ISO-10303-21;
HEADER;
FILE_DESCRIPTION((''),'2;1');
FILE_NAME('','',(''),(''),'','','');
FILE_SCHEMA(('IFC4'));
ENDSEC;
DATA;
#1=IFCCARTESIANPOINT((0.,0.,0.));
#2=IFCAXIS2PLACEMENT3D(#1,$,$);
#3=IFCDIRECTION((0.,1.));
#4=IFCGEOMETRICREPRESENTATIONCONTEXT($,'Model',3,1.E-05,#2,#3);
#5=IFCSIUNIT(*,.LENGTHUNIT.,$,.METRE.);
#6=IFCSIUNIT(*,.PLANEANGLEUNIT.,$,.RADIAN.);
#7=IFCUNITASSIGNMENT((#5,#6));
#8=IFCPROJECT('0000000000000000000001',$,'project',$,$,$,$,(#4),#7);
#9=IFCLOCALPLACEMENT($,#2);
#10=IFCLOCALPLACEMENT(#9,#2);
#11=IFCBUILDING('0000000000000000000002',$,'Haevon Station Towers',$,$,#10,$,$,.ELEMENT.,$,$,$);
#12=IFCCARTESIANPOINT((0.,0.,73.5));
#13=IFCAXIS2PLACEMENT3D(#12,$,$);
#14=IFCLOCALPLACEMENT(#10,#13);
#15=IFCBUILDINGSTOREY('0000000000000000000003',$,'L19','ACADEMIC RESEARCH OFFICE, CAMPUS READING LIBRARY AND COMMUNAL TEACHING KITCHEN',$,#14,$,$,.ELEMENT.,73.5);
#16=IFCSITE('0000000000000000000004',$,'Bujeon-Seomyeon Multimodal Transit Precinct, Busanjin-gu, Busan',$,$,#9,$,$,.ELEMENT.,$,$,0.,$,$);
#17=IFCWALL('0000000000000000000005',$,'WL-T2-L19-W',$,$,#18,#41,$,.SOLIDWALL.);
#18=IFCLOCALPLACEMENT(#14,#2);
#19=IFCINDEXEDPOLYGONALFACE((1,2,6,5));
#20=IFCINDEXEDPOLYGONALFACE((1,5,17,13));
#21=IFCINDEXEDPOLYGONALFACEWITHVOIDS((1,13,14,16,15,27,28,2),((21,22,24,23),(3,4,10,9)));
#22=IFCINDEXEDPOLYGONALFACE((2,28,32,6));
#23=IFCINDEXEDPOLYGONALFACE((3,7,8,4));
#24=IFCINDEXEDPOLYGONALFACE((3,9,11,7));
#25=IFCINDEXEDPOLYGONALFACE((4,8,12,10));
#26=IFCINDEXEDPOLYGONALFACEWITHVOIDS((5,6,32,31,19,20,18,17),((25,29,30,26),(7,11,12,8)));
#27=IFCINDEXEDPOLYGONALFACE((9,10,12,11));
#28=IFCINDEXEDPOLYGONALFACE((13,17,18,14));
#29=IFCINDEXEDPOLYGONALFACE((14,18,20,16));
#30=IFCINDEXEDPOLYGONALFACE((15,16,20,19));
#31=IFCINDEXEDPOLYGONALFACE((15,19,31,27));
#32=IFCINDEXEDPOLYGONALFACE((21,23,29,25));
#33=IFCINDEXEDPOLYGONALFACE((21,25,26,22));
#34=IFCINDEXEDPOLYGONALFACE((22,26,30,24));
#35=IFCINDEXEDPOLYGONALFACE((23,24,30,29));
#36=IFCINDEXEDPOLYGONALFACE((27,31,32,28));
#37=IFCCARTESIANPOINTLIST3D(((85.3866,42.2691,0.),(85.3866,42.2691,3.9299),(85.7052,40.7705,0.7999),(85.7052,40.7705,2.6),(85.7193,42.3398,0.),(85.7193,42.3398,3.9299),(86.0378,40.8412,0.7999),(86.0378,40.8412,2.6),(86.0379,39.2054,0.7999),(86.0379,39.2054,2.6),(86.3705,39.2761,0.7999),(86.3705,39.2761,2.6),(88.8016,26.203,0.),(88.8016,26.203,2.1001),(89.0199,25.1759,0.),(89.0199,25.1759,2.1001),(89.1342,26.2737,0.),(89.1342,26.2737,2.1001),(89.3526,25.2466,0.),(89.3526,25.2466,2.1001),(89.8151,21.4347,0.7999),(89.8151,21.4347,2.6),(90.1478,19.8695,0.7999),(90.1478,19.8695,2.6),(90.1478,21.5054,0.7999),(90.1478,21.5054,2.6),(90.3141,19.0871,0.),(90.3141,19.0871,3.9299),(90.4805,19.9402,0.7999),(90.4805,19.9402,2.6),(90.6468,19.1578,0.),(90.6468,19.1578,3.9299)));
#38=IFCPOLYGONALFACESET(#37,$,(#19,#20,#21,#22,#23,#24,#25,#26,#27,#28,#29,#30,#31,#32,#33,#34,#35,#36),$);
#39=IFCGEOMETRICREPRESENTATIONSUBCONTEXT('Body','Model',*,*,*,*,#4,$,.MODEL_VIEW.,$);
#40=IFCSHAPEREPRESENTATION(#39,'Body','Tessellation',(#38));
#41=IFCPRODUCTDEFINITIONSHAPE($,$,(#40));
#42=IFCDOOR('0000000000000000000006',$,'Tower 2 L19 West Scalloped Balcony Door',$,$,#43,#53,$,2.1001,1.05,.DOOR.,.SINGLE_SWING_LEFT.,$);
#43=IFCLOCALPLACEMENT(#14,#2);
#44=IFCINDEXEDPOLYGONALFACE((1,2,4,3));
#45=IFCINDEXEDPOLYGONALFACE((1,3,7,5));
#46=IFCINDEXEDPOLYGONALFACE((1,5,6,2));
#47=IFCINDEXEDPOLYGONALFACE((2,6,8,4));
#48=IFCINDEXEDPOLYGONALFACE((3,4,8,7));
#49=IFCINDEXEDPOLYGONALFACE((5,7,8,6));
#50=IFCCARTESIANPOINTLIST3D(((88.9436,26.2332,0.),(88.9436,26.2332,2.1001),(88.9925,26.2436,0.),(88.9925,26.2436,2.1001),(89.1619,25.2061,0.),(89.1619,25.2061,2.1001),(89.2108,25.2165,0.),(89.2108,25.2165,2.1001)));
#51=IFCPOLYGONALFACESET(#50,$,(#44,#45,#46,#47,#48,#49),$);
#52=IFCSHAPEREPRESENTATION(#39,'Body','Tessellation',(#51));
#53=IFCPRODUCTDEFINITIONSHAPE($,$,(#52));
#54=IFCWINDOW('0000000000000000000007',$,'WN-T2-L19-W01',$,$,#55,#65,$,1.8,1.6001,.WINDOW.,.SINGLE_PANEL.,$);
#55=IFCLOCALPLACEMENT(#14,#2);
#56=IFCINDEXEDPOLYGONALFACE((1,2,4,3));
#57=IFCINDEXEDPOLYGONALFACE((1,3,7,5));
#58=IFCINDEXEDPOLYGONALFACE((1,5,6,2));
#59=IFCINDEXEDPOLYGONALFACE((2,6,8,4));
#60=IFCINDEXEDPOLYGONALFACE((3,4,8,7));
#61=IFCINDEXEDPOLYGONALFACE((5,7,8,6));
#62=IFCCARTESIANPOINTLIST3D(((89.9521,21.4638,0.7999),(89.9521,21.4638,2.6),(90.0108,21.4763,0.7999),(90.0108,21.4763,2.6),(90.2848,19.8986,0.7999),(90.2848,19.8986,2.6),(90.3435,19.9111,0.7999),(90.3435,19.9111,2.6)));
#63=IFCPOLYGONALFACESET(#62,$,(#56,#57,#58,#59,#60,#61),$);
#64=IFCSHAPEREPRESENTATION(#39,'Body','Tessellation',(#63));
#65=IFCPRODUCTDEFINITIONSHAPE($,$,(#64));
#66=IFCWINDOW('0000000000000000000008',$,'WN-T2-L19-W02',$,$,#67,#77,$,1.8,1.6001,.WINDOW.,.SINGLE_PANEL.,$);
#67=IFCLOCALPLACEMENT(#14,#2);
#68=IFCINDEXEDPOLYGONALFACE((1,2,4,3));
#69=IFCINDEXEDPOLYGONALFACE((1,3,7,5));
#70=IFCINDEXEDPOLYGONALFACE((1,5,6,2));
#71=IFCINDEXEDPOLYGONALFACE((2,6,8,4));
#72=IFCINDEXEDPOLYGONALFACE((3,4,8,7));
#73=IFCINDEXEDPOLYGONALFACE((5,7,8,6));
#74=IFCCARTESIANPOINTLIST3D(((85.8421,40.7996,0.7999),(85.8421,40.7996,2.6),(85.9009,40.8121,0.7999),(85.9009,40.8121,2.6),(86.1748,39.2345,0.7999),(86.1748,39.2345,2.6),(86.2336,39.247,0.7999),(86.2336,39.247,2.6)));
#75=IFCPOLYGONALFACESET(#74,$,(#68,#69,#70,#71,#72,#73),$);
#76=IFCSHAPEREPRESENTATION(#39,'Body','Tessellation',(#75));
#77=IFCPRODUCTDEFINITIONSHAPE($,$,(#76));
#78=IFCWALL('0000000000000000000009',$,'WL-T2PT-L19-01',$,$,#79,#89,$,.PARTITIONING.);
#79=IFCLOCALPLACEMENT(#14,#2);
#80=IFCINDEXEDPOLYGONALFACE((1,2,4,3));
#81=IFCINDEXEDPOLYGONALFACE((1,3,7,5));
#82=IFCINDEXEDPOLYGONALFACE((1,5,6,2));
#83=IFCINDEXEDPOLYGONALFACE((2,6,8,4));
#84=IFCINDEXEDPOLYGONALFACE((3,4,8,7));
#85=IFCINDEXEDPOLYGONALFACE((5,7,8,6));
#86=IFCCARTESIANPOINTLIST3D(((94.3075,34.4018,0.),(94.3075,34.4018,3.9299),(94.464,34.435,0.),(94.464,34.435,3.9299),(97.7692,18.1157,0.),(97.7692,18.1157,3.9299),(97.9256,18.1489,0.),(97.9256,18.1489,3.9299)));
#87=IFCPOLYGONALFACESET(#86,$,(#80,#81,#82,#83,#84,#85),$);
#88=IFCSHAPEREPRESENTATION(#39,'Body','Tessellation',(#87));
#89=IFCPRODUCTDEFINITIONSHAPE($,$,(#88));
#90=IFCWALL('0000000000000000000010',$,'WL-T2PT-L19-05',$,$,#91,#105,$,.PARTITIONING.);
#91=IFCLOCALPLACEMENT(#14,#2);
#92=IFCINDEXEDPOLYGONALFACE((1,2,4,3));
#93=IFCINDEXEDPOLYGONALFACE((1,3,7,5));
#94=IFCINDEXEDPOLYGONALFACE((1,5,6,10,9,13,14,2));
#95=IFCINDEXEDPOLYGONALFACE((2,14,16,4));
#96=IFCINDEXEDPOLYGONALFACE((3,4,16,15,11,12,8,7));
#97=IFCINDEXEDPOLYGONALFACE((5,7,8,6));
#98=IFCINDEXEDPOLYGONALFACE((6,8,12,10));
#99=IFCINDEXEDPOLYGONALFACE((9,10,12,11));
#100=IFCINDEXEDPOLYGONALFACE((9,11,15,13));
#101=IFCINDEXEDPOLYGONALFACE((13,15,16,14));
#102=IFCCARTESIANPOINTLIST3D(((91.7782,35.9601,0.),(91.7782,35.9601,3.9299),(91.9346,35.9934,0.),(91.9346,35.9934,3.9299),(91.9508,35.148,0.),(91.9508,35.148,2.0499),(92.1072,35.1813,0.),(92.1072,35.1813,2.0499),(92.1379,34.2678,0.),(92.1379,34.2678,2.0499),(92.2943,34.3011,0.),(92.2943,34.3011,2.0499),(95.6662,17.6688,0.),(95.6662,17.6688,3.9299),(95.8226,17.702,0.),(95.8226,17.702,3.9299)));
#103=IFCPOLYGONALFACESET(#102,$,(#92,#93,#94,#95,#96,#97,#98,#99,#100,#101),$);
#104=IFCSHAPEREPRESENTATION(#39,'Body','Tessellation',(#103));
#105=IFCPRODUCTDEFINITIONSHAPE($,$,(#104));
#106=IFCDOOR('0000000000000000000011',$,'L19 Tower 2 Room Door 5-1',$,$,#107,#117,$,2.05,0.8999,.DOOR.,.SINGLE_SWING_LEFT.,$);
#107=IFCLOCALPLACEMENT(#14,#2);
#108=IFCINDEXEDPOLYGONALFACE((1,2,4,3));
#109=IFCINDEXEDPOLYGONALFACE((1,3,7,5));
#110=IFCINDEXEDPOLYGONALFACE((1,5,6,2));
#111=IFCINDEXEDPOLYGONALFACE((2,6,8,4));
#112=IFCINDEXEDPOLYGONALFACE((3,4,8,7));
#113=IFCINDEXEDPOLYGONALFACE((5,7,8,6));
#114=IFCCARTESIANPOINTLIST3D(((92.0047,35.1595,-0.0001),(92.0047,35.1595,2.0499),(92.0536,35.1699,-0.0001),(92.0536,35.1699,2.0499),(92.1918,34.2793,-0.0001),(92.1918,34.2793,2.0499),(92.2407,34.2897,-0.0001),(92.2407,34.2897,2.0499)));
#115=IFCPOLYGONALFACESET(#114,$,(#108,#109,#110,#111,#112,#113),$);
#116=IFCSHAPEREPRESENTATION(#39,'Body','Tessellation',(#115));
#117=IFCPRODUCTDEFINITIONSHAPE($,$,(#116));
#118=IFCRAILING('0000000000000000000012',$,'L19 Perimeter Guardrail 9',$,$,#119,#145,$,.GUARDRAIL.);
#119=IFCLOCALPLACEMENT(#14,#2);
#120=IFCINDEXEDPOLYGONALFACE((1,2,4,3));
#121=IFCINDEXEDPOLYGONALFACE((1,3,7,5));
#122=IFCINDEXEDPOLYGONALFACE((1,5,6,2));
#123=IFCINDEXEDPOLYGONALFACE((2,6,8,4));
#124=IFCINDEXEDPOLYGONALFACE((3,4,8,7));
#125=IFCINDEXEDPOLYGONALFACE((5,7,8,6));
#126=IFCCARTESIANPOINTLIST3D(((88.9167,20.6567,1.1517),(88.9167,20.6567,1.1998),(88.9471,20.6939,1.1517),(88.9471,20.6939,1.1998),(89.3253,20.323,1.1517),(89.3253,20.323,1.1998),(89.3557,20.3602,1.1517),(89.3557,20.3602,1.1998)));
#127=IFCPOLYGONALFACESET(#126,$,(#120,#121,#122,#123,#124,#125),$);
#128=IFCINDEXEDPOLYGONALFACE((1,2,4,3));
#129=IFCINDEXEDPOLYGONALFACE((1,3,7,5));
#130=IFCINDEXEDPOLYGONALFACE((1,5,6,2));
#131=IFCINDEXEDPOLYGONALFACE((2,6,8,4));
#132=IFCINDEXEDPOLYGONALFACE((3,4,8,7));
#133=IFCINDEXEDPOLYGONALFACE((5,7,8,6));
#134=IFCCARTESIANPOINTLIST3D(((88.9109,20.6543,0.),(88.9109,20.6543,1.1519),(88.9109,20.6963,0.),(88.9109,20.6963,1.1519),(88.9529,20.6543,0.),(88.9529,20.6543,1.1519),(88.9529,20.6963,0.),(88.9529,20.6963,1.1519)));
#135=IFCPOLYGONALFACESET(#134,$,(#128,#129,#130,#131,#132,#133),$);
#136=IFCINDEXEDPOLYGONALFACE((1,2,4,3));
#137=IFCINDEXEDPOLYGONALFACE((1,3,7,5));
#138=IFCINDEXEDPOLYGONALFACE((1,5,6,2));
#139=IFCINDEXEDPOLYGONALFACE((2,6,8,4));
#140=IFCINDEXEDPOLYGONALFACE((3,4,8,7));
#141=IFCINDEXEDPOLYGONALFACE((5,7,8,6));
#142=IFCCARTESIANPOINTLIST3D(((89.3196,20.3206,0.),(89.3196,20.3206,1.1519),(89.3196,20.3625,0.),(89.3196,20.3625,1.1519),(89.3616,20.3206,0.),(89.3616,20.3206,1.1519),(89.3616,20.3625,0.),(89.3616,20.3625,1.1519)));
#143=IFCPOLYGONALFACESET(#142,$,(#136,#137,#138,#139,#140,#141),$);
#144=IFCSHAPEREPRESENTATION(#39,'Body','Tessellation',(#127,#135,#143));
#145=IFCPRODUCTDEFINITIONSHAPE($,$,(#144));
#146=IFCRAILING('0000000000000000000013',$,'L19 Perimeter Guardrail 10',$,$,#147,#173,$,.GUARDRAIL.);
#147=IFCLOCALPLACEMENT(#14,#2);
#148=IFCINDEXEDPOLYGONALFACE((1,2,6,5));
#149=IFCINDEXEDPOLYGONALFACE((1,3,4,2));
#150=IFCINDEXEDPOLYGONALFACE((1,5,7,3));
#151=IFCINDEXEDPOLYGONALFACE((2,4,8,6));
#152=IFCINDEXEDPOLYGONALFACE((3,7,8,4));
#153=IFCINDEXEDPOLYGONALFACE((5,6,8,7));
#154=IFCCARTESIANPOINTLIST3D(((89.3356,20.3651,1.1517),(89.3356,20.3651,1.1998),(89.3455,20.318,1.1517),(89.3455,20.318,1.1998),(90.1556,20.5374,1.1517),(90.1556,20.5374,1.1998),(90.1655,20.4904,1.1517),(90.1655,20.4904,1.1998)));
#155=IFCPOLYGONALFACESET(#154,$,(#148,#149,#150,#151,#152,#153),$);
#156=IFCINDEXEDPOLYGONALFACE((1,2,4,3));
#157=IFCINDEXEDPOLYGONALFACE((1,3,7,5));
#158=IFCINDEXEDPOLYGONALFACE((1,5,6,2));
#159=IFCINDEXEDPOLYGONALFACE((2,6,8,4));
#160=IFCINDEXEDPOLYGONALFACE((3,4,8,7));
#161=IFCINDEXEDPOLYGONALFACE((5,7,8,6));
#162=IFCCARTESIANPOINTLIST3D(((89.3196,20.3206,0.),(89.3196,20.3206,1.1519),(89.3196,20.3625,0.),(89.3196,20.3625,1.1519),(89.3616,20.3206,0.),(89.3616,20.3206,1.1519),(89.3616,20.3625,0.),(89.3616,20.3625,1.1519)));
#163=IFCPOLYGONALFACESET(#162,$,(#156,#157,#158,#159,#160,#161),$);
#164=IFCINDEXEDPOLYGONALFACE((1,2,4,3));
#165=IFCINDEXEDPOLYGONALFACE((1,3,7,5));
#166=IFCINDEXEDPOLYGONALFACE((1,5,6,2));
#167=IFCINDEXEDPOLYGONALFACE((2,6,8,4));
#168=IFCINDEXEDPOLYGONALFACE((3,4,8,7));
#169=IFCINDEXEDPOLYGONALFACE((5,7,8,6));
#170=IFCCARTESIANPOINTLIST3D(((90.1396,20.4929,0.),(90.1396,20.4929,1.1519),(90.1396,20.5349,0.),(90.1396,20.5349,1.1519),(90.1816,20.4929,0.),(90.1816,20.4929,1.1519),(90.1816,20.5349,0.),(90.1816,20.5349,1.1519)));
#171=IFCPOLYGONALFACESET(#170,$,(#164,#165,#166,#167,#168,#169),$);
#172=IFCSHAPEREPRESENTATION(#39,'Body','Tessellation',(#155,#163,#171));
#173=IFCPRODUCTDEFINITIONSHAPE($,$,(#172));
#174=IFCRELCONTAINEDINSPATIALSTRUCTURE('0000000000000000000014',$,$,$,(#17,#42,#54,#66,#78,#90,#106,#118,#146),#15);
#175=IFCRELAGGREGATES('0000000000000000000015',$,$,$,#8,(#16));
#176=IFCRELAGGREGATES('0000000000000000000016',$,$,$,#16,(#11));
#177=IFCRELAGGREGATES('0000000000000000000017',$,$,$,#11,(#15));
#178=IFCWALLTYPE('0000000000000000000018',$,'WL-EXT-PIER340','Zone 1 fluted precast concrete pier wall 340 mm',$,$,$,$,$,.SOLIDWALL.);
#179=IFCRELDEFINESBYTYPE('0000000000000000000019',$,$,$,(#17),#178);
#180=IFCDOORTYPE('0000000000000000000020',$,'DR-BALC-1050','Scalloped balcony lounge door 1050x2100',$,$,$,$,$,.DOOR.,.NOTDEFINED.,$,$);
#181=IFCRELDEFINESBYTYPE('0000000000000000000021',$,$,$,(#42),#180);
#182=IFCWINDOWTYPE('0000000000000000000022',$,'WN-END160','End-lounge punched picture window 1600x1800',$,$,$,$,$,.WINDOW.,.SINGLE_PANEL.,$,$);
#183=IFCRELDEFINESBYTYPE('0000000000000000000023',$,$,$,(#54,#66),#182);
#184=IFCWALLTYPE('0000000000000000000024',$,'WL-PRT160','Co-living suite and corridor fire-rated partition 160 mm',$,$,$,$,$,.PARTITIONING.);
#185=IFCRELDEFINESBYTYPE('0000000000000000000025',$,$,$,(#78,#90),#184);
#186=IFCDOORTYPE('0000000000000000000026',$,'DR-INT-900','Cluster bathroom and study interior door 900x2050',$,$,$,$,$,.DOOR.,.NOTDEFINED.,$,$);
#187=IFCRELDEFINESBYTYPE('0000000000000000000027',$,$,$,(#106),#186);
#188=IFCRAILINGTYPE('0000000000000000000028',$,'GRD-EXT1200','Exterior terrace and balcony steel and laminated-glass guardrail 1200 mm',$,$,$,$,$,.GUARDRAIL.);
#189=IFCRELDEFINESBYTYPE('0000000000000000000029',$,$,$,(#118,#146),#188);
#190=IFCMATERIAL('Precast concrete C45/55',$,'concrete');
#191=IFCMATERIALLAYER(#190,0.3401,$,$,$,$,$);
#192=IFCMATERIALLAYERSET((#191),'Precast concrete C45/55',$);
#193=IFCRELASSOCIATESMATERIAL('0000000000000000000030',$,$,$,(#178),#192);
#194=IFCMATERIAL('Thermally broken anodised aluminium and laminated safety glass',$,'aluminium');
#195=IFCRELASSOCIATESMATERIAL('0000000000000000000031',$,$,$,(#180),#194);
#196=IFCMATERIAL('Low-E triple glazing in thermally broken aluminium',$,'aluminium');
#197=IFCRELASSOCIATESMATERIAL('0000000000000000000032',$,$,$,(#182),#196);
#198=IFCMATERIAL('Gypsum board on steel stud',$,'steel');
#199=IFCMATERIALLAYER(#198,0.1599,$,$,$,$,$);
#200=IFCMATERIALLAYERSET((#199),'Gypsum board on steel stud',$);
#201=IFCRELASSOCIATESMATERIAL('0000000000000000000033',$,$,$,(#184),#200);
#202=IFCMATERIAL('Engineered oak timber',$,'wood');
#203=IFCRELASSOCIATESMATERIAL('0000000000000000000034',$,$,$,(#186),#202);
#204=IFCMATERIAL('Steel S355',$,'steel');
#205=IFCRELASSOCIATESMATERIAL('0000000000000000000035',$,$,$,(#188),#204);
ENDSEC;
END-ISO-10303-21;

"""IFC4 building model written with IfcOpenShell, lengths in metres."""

from ifc_helpers import new_model, si_unit, direction, frame, frame_2d, origin, origin_2d, place, context, subcontext, project, spatial, rectangle, extrude, material, layer, layer_set, type_object, element, fill, save


model = new_model("IFC4")

# Units and contexts
model_context = context("Model", 3, precision=1e-05, world=origin(), true_north=direction((0.0, 1.0)))
body_context = subcontext(model_context, "Body", "Model", "MODEL_VIEW")
ifc_project = project(units=[si_unit("LENGTHUNIT", "METRE"), si_unit("PLANEANGLEUNIT", "RADIAN")], contexts=[model_context])

# Site, building, storey
site_placement = place(None, origin())
site = spatial("IfcSite", under=ifc_project, at=site_placement, Name="Bujeon-Seomyeon Multimodal Transit Precinct, Busanjin-gu, Busan", CompositionType="ELEMENT", RefElevation=0.0)
building_placement = place(site_placement, origin())
building = spatial("IfcBuilding", under=site, at=building_placement, Name="Haevon Station Towers", CompositionType="ELEMENT")
storey_placement = place(building_placement, frame((0.0, 0.0, 73.5)))
storey = spatial("IfcBuildingStorey", under=building, at=storey_placement, Name="L19", Description="ACADEMIC RESEARCH OFFICE, CAMPUS READING LIBRARY AND COMMUNAL TEACHING KITCHEN", CompositionType="ELEMENT", Elevation=73.5)

# Shared definitions
ifc_material_1 = material(Name="Steel S355", Category="steel")

# Shared definitions
ifc_material_2 = material(Name="Precast concrete C45/55", Category="concrete")
ifc_layer_1 = layer(ifc_material_2, 0.3401)
ifc_layer_set_1 = layer_set([ifc_layer_1], Name="Precast concrete C45/55")
wall_type_1 = type_object("IfcWallType", Name="WL-EXT-PIER340", Description="Zone 1 fluted precast concrete pier wall 340 mm", PredefinedType="SOLIDWALL", material=ifc_layer_set_1)

# Wall, openings, door, windows
wall_1_placement = place(storey_placement, frame((90.4805, 19.1223, 0.0), z_axis=(0.0, 0.0, 1.0), x_axis=(-0.207911, 0.978148, 0.0)))
wall_1 = element("IfcWall", 1, at=wall_1_placement, inside=storey, type_object=wall_type_1, Name="WL-T2-L19-W", PredefinedType="SOLIDWALL", context=body_context, shape_type="SweptSolid", body=[
    extrude(rectangle(XDim=23.7, YDim=0.3401, at=frame_2d((11.8501, 0.0))), origin(), (0.0, 0.0, 1.0), 3.9299),
])
opening_1_placement = place(wall_1_placement, frame((6.2251, 0.0, 0.0)))
opening_1 = element("IfcOpeningElement", 2, at=opening_1_placement, cuts=wall_1, PredefinedType="OPENING", context=body_context, shape_type="SweptSolid", body=[
    extrude(rectangle(XDim=1.05, YDim=2.1001, at=frame_2d((0.5249, 1.05))), frame((0.0, 0.1799, 0.0), z_axis=(0.0, -1.0, 0.0), x_axis=(1.0, 0.0, 0.0)), (0.0, 0.0, 1.0), 0.3601),
])
opening_2_placement = place(wall_1_placement, frame((0.8, 0.0, 0.8)))
opening_2 = element("IfcOpeningElement", 3, at=opening_2_placement, cuts=wall_1, PredefinedType="OPENING", context=body_context, shape_type="SweptSolid", body=[
    extrude(rectangle(XDim=1.6001, YDim=1.8, at=frame_2d((0.8, 0.8999))), frame((0.0, 0.1799, 0.0), z_axis=(0.0, -1.0, 0.0), x_axis=(1.0, 0.0, 0.0)), (0.0, 0.0, 1.0), 0.3601),
])
opening_3_placement = place(wall_1_placement, frame((20.5679, 0.0, 0.8)))
opening_3 = element("IfcOpeningElement", 4, at=opening_3_placement, cuts=wall_1, PredefinedType="OPENING", context=body_context, shape_type="SweptSolid", body=[
    extrude(rectangle(XDim=1.6001, YDim=1.8, at=frame_2d((0.8, 0.8999))), frame((0.0, 0.1799, 0.0), z_axis=(0.0, -1.0, 0.0), x_axis=(1.0, 0.0, 0.0)), (0.0, 0.0, 1.0), 0.3601),
])
ifc_material_3 = material(Name="Thermally broken anodised aluminium and laminated safety glass", Category="aluminium")
door_type_1 = type_object("IfcDoorType", Name="DR-BALC-1050", Description="Scalloped balcony lounge door 1050x2100", OperationType="NOTDEFINED", PredefinedType="DOOR", material=ifc_material_3)
door_1_placement = place(opening_1_placement, origin())
door_1 = element("IfcDoor", 5, at=door_1_placement, inside=storey, type_object=door_type_1, Name="Tower 2 L19 West Scalloped Balcony Door", OperationType="SINGLE_SWING_LEFT", OverallHeight=2.1001, OverallWidth=1.05, PredefinedType="DOOR", context=body_context, shape_type="SweptSolid", body=[
    extrude(rectangle(XDim=1.05, YDim=2.1001, at=frame_2d((0.5249, 1.05))), frame((0.0, 0.0249, 0.0), z_axis=(0.0, -1.0, 0.0), x_axis=(1.0, 0.0, 0.0)), (0.0, 0.0, 1.0), 0.05),
])
fill(opening_1, door_1)
ifc_material_4 = material(Name="Low-E triple glazing in thermally broken aluminium", Category="aluminium")
window_type = type_object("IfcWindowType", Name="WN-END160", Description="End-lounge punched picture window 1600x1800", PartitioningType="SINGLE_PANEL", PredefinedType="WINDOW", material=ifc_material_4)
window_1_placement = place(opening_2_placement, origin())
window_1 = element("IfcWindow", 6, at=window_1_placement, inside=storey, type_object=window_type, Name="WN-T2-L19-W01", OverallHeight=1.8, OverallWidth=1.6001, PartitioningType="SINGLE_PANEL", PredefinedType="WINDOW", context=body_context, shape_type="SweptSolid", body=[
    extrude(rectangle(XDim=1.6001, YDim=1.8, at=frame_2d((0.8, 0.8999))), frame((0.0, 0.03, 0.0), z_axis=(0.0, -1.0, 0.0), x_axis=(1.0, 0.0, 0.0)), (0.0, 0.0, 1.0), 0.0601),
])
fill(opening_2, window_1)
window_2_placement = place(opening_3_placement, origin())
window_2 = element("IfcWindow", 7, at=window_2_placement, inside=storey, type_object=window_type, Name="WN-T2-L19-W02", OverallHeight=1.8, OverallWidth=1.6001, PartitioningType="SINGLE_PANEL", PredefinedType="WINDOW", context=body_context, shape_type="SweptSolid", body=[
    extrude(rectangle(XDim=1.6001, YDim=1.8, at=frame_2d((0.8, 0.8999))), frame((0.0, 0.03, 0.0), z_axis=(0.0, -1.0, 0.0), x_axis=(1.0, 0.0, 0.0)), (0.0, 0.0, 1.0), 0.0601),
])
fill(opening_3, window_2)

# Wall
ifc_material_5 = material(Name="Gypsum board on steel stud", Category="steel")
ifc_layer_2 = layer(ifc_material_5, 0.1599)
ifc_layer_set_2 = layer_set([ifc_layer_2], Name="Gypsum board on steel stud")
wall_type_2 = type_object("IfcWallType", Name="WL-PRT160", Description="Co-living suite and corridor fire-rated partition 160 mm", PredefinedType="PARTITIONING", material=ifc_layer_set_2)
wall_2_placement = place(storey_placement, frame((97.8474, 18.1323, 0.0), z_axis=(0.0, 0.0, 1.0), x_axis=(-0.207909, 0.978148, 0.0)))
element("IfcWall", 8, at=wall_2_placement, inside=storey, type_object=wall_type_2, Name="WL-T2PT-L19-01", PredefinedType="PARTITIONING", context=body_context, shape_type="SweptSolid", body=[
    extrude(rectangle(XDim=16.6499, YDim=0.1599, at=frame_2d((8.325, 0.0))), origin(), (0.0, 0.0, 1.0), 3.9299),
])

# Wall, opening, door
wall_3_placement = place(storey_placement, frame((95.7444, 17.6853, 0.0), z_axis=(0.0, 0.0, 1.0), x_axis=(-0.207912, 0.978147, 0.0)))
wall_3 = element("IfcWall", 9, at=wall_3_placement, inside=storey, type_object=wall_type_2, Name="WL-T2PT-L19-05", PredefinedType="PARTITIONING", context=body_context, shape_type="SweptSolid", body=[
    extrude(rectangle(XDim=18.7, YDim=0.1599, at=frame_2d((9.3501, 0.0))), origin(), (0.0, 0.0, 1.0), 3.9299),
])
opening_4_placement = place(wall_3_placement, frame((16.97, 0.0, 0.0)))
opening_4 = element("IfcOpeningElement", 10, at=opening_4_placement, cuts=wall_3, PredefinedType="OPENING", context=body_context, shape_type="SweptSolid", body=[
    extrude(rectangle(XDim=0.8999, YDim=2.05, at=frame_2d((0.45, 1.0249))), frame((0.0, 0.0898, 0.0), z_axis=(0.0, -1.0, 0.0), x_axis=(1.0, 0.0, 0.0)), (0.0, 0.0, 1.0), 0.1799),
])
ifc_material_6 = material(Name="Engineered oak timber", Category="wood")
door_type_2 = type_object("IfcDoorType", Name="DR-INT-900", Description="Cluster bathroom and study interior door 900x2050", OperationType="NOTDEFINED", PredefinedType="DOOR", material=ifc_material_6)
door_2_placement = place(opening_4_placement, origin())
door_2 = element("IfcDoor", 11, at=door_2_placement, inside=storey, type_object=door_type_2, Name="L19 Tower 2 Room Door 5-1", OperationType="SINGLE_SWING_LEFT", OverallHeight=2.05, OverallWidth=0.8999, PredefinedType="DOOR", context=body_context, shape_type="SweptSolid", body=[
    extrude(rectangle(XDim=0.8999, YDim=2.05, at=frame_2d((0.45, 1.0249))), frame((0.0, 0.0249, 0.0), z_axis=(0.0, -1.0, 0.0), x_axis=(1.0, 0.0, 0.0)), (0.0, 0.0, 1.0), 0.05),
])
fill(opening_4, door_2)

# Railings
railing_type = type_object("IfcRailingType", Name="GRD-EXT1200", Description="Exterior terrace and balcony steel and laminated-glass guardrail 1200 mm", PredefinedType="GUARDRAIL", material=ifc_material_1)
railing_1_placement = place(storey_placement, frame((88.9319, 20.6753, 0.0)))
element("IfcRailing", 12, at=railing_1_placement, inside=storey, type_object=railing_type, Name="L19 Perimeter Guardrail 9", PredefinedType="GUARDRAIL", context=body_context, shape_type="SweptSolid", body=[
    extrude(rectangle(XDim=0.0481, YDim=0.0481, at=origin_2d()), frame((0.0, 0.0, 1.1758), z_axis=(0.774555, -0.632507, 0.0), x_axis=(0.632507, 0.774555, 0.0)), (0.0, 0.0, 1.0), 0.5276),
    extrude(rectangle(XDim=0.042, YDim=0.042, at=origin_2d()), origin(), (0.0, 0.0, 1.0), 1.1519),
    extrude(rectangle(XDim=0.042, YDim=0.042, at=origin_2d()), frame((0.4087, -0.3337, 0.0)), (0.0, 0.0, 1.0), 1.1519),
])
railing_2_placement = place(storey_placement, frame((89.3406, 20.3416, 0.0)))
element("IfcRailing", 13, at=railing_2_placement, inside=storey, type_object=railing_type, Name="L19 Perimeter Guardrail 10", PredefinedType="GUARDRAIL", context=body_context, shape_type="SweptSolid", body=[
    extrude(rectangle(XDim=0.0481, YDim=0.0481, at=origin_2d()), frame((0.0, 0.0, 1.1758), z_axis=(0.978618, 0.205687, 0.0), x_axis=(-0.205687, 0.978618, 0.0)), (0.0, 0.0, 1.0), 0.8379),
    extrude(rectangle(XDim=0.042, YDim=0.042, at=origin_2d()), origin(), (0.0, 0.0, 1.0), 1.1519),
    extrude(rectangle(XDim=0.042, YDim=0.042, at=origin_2d()), frame((0.8201, 0.1724, 0.0)), (0.0, 0.0, 1.0), 1.1519),
])

save(model, "model.ifc")
